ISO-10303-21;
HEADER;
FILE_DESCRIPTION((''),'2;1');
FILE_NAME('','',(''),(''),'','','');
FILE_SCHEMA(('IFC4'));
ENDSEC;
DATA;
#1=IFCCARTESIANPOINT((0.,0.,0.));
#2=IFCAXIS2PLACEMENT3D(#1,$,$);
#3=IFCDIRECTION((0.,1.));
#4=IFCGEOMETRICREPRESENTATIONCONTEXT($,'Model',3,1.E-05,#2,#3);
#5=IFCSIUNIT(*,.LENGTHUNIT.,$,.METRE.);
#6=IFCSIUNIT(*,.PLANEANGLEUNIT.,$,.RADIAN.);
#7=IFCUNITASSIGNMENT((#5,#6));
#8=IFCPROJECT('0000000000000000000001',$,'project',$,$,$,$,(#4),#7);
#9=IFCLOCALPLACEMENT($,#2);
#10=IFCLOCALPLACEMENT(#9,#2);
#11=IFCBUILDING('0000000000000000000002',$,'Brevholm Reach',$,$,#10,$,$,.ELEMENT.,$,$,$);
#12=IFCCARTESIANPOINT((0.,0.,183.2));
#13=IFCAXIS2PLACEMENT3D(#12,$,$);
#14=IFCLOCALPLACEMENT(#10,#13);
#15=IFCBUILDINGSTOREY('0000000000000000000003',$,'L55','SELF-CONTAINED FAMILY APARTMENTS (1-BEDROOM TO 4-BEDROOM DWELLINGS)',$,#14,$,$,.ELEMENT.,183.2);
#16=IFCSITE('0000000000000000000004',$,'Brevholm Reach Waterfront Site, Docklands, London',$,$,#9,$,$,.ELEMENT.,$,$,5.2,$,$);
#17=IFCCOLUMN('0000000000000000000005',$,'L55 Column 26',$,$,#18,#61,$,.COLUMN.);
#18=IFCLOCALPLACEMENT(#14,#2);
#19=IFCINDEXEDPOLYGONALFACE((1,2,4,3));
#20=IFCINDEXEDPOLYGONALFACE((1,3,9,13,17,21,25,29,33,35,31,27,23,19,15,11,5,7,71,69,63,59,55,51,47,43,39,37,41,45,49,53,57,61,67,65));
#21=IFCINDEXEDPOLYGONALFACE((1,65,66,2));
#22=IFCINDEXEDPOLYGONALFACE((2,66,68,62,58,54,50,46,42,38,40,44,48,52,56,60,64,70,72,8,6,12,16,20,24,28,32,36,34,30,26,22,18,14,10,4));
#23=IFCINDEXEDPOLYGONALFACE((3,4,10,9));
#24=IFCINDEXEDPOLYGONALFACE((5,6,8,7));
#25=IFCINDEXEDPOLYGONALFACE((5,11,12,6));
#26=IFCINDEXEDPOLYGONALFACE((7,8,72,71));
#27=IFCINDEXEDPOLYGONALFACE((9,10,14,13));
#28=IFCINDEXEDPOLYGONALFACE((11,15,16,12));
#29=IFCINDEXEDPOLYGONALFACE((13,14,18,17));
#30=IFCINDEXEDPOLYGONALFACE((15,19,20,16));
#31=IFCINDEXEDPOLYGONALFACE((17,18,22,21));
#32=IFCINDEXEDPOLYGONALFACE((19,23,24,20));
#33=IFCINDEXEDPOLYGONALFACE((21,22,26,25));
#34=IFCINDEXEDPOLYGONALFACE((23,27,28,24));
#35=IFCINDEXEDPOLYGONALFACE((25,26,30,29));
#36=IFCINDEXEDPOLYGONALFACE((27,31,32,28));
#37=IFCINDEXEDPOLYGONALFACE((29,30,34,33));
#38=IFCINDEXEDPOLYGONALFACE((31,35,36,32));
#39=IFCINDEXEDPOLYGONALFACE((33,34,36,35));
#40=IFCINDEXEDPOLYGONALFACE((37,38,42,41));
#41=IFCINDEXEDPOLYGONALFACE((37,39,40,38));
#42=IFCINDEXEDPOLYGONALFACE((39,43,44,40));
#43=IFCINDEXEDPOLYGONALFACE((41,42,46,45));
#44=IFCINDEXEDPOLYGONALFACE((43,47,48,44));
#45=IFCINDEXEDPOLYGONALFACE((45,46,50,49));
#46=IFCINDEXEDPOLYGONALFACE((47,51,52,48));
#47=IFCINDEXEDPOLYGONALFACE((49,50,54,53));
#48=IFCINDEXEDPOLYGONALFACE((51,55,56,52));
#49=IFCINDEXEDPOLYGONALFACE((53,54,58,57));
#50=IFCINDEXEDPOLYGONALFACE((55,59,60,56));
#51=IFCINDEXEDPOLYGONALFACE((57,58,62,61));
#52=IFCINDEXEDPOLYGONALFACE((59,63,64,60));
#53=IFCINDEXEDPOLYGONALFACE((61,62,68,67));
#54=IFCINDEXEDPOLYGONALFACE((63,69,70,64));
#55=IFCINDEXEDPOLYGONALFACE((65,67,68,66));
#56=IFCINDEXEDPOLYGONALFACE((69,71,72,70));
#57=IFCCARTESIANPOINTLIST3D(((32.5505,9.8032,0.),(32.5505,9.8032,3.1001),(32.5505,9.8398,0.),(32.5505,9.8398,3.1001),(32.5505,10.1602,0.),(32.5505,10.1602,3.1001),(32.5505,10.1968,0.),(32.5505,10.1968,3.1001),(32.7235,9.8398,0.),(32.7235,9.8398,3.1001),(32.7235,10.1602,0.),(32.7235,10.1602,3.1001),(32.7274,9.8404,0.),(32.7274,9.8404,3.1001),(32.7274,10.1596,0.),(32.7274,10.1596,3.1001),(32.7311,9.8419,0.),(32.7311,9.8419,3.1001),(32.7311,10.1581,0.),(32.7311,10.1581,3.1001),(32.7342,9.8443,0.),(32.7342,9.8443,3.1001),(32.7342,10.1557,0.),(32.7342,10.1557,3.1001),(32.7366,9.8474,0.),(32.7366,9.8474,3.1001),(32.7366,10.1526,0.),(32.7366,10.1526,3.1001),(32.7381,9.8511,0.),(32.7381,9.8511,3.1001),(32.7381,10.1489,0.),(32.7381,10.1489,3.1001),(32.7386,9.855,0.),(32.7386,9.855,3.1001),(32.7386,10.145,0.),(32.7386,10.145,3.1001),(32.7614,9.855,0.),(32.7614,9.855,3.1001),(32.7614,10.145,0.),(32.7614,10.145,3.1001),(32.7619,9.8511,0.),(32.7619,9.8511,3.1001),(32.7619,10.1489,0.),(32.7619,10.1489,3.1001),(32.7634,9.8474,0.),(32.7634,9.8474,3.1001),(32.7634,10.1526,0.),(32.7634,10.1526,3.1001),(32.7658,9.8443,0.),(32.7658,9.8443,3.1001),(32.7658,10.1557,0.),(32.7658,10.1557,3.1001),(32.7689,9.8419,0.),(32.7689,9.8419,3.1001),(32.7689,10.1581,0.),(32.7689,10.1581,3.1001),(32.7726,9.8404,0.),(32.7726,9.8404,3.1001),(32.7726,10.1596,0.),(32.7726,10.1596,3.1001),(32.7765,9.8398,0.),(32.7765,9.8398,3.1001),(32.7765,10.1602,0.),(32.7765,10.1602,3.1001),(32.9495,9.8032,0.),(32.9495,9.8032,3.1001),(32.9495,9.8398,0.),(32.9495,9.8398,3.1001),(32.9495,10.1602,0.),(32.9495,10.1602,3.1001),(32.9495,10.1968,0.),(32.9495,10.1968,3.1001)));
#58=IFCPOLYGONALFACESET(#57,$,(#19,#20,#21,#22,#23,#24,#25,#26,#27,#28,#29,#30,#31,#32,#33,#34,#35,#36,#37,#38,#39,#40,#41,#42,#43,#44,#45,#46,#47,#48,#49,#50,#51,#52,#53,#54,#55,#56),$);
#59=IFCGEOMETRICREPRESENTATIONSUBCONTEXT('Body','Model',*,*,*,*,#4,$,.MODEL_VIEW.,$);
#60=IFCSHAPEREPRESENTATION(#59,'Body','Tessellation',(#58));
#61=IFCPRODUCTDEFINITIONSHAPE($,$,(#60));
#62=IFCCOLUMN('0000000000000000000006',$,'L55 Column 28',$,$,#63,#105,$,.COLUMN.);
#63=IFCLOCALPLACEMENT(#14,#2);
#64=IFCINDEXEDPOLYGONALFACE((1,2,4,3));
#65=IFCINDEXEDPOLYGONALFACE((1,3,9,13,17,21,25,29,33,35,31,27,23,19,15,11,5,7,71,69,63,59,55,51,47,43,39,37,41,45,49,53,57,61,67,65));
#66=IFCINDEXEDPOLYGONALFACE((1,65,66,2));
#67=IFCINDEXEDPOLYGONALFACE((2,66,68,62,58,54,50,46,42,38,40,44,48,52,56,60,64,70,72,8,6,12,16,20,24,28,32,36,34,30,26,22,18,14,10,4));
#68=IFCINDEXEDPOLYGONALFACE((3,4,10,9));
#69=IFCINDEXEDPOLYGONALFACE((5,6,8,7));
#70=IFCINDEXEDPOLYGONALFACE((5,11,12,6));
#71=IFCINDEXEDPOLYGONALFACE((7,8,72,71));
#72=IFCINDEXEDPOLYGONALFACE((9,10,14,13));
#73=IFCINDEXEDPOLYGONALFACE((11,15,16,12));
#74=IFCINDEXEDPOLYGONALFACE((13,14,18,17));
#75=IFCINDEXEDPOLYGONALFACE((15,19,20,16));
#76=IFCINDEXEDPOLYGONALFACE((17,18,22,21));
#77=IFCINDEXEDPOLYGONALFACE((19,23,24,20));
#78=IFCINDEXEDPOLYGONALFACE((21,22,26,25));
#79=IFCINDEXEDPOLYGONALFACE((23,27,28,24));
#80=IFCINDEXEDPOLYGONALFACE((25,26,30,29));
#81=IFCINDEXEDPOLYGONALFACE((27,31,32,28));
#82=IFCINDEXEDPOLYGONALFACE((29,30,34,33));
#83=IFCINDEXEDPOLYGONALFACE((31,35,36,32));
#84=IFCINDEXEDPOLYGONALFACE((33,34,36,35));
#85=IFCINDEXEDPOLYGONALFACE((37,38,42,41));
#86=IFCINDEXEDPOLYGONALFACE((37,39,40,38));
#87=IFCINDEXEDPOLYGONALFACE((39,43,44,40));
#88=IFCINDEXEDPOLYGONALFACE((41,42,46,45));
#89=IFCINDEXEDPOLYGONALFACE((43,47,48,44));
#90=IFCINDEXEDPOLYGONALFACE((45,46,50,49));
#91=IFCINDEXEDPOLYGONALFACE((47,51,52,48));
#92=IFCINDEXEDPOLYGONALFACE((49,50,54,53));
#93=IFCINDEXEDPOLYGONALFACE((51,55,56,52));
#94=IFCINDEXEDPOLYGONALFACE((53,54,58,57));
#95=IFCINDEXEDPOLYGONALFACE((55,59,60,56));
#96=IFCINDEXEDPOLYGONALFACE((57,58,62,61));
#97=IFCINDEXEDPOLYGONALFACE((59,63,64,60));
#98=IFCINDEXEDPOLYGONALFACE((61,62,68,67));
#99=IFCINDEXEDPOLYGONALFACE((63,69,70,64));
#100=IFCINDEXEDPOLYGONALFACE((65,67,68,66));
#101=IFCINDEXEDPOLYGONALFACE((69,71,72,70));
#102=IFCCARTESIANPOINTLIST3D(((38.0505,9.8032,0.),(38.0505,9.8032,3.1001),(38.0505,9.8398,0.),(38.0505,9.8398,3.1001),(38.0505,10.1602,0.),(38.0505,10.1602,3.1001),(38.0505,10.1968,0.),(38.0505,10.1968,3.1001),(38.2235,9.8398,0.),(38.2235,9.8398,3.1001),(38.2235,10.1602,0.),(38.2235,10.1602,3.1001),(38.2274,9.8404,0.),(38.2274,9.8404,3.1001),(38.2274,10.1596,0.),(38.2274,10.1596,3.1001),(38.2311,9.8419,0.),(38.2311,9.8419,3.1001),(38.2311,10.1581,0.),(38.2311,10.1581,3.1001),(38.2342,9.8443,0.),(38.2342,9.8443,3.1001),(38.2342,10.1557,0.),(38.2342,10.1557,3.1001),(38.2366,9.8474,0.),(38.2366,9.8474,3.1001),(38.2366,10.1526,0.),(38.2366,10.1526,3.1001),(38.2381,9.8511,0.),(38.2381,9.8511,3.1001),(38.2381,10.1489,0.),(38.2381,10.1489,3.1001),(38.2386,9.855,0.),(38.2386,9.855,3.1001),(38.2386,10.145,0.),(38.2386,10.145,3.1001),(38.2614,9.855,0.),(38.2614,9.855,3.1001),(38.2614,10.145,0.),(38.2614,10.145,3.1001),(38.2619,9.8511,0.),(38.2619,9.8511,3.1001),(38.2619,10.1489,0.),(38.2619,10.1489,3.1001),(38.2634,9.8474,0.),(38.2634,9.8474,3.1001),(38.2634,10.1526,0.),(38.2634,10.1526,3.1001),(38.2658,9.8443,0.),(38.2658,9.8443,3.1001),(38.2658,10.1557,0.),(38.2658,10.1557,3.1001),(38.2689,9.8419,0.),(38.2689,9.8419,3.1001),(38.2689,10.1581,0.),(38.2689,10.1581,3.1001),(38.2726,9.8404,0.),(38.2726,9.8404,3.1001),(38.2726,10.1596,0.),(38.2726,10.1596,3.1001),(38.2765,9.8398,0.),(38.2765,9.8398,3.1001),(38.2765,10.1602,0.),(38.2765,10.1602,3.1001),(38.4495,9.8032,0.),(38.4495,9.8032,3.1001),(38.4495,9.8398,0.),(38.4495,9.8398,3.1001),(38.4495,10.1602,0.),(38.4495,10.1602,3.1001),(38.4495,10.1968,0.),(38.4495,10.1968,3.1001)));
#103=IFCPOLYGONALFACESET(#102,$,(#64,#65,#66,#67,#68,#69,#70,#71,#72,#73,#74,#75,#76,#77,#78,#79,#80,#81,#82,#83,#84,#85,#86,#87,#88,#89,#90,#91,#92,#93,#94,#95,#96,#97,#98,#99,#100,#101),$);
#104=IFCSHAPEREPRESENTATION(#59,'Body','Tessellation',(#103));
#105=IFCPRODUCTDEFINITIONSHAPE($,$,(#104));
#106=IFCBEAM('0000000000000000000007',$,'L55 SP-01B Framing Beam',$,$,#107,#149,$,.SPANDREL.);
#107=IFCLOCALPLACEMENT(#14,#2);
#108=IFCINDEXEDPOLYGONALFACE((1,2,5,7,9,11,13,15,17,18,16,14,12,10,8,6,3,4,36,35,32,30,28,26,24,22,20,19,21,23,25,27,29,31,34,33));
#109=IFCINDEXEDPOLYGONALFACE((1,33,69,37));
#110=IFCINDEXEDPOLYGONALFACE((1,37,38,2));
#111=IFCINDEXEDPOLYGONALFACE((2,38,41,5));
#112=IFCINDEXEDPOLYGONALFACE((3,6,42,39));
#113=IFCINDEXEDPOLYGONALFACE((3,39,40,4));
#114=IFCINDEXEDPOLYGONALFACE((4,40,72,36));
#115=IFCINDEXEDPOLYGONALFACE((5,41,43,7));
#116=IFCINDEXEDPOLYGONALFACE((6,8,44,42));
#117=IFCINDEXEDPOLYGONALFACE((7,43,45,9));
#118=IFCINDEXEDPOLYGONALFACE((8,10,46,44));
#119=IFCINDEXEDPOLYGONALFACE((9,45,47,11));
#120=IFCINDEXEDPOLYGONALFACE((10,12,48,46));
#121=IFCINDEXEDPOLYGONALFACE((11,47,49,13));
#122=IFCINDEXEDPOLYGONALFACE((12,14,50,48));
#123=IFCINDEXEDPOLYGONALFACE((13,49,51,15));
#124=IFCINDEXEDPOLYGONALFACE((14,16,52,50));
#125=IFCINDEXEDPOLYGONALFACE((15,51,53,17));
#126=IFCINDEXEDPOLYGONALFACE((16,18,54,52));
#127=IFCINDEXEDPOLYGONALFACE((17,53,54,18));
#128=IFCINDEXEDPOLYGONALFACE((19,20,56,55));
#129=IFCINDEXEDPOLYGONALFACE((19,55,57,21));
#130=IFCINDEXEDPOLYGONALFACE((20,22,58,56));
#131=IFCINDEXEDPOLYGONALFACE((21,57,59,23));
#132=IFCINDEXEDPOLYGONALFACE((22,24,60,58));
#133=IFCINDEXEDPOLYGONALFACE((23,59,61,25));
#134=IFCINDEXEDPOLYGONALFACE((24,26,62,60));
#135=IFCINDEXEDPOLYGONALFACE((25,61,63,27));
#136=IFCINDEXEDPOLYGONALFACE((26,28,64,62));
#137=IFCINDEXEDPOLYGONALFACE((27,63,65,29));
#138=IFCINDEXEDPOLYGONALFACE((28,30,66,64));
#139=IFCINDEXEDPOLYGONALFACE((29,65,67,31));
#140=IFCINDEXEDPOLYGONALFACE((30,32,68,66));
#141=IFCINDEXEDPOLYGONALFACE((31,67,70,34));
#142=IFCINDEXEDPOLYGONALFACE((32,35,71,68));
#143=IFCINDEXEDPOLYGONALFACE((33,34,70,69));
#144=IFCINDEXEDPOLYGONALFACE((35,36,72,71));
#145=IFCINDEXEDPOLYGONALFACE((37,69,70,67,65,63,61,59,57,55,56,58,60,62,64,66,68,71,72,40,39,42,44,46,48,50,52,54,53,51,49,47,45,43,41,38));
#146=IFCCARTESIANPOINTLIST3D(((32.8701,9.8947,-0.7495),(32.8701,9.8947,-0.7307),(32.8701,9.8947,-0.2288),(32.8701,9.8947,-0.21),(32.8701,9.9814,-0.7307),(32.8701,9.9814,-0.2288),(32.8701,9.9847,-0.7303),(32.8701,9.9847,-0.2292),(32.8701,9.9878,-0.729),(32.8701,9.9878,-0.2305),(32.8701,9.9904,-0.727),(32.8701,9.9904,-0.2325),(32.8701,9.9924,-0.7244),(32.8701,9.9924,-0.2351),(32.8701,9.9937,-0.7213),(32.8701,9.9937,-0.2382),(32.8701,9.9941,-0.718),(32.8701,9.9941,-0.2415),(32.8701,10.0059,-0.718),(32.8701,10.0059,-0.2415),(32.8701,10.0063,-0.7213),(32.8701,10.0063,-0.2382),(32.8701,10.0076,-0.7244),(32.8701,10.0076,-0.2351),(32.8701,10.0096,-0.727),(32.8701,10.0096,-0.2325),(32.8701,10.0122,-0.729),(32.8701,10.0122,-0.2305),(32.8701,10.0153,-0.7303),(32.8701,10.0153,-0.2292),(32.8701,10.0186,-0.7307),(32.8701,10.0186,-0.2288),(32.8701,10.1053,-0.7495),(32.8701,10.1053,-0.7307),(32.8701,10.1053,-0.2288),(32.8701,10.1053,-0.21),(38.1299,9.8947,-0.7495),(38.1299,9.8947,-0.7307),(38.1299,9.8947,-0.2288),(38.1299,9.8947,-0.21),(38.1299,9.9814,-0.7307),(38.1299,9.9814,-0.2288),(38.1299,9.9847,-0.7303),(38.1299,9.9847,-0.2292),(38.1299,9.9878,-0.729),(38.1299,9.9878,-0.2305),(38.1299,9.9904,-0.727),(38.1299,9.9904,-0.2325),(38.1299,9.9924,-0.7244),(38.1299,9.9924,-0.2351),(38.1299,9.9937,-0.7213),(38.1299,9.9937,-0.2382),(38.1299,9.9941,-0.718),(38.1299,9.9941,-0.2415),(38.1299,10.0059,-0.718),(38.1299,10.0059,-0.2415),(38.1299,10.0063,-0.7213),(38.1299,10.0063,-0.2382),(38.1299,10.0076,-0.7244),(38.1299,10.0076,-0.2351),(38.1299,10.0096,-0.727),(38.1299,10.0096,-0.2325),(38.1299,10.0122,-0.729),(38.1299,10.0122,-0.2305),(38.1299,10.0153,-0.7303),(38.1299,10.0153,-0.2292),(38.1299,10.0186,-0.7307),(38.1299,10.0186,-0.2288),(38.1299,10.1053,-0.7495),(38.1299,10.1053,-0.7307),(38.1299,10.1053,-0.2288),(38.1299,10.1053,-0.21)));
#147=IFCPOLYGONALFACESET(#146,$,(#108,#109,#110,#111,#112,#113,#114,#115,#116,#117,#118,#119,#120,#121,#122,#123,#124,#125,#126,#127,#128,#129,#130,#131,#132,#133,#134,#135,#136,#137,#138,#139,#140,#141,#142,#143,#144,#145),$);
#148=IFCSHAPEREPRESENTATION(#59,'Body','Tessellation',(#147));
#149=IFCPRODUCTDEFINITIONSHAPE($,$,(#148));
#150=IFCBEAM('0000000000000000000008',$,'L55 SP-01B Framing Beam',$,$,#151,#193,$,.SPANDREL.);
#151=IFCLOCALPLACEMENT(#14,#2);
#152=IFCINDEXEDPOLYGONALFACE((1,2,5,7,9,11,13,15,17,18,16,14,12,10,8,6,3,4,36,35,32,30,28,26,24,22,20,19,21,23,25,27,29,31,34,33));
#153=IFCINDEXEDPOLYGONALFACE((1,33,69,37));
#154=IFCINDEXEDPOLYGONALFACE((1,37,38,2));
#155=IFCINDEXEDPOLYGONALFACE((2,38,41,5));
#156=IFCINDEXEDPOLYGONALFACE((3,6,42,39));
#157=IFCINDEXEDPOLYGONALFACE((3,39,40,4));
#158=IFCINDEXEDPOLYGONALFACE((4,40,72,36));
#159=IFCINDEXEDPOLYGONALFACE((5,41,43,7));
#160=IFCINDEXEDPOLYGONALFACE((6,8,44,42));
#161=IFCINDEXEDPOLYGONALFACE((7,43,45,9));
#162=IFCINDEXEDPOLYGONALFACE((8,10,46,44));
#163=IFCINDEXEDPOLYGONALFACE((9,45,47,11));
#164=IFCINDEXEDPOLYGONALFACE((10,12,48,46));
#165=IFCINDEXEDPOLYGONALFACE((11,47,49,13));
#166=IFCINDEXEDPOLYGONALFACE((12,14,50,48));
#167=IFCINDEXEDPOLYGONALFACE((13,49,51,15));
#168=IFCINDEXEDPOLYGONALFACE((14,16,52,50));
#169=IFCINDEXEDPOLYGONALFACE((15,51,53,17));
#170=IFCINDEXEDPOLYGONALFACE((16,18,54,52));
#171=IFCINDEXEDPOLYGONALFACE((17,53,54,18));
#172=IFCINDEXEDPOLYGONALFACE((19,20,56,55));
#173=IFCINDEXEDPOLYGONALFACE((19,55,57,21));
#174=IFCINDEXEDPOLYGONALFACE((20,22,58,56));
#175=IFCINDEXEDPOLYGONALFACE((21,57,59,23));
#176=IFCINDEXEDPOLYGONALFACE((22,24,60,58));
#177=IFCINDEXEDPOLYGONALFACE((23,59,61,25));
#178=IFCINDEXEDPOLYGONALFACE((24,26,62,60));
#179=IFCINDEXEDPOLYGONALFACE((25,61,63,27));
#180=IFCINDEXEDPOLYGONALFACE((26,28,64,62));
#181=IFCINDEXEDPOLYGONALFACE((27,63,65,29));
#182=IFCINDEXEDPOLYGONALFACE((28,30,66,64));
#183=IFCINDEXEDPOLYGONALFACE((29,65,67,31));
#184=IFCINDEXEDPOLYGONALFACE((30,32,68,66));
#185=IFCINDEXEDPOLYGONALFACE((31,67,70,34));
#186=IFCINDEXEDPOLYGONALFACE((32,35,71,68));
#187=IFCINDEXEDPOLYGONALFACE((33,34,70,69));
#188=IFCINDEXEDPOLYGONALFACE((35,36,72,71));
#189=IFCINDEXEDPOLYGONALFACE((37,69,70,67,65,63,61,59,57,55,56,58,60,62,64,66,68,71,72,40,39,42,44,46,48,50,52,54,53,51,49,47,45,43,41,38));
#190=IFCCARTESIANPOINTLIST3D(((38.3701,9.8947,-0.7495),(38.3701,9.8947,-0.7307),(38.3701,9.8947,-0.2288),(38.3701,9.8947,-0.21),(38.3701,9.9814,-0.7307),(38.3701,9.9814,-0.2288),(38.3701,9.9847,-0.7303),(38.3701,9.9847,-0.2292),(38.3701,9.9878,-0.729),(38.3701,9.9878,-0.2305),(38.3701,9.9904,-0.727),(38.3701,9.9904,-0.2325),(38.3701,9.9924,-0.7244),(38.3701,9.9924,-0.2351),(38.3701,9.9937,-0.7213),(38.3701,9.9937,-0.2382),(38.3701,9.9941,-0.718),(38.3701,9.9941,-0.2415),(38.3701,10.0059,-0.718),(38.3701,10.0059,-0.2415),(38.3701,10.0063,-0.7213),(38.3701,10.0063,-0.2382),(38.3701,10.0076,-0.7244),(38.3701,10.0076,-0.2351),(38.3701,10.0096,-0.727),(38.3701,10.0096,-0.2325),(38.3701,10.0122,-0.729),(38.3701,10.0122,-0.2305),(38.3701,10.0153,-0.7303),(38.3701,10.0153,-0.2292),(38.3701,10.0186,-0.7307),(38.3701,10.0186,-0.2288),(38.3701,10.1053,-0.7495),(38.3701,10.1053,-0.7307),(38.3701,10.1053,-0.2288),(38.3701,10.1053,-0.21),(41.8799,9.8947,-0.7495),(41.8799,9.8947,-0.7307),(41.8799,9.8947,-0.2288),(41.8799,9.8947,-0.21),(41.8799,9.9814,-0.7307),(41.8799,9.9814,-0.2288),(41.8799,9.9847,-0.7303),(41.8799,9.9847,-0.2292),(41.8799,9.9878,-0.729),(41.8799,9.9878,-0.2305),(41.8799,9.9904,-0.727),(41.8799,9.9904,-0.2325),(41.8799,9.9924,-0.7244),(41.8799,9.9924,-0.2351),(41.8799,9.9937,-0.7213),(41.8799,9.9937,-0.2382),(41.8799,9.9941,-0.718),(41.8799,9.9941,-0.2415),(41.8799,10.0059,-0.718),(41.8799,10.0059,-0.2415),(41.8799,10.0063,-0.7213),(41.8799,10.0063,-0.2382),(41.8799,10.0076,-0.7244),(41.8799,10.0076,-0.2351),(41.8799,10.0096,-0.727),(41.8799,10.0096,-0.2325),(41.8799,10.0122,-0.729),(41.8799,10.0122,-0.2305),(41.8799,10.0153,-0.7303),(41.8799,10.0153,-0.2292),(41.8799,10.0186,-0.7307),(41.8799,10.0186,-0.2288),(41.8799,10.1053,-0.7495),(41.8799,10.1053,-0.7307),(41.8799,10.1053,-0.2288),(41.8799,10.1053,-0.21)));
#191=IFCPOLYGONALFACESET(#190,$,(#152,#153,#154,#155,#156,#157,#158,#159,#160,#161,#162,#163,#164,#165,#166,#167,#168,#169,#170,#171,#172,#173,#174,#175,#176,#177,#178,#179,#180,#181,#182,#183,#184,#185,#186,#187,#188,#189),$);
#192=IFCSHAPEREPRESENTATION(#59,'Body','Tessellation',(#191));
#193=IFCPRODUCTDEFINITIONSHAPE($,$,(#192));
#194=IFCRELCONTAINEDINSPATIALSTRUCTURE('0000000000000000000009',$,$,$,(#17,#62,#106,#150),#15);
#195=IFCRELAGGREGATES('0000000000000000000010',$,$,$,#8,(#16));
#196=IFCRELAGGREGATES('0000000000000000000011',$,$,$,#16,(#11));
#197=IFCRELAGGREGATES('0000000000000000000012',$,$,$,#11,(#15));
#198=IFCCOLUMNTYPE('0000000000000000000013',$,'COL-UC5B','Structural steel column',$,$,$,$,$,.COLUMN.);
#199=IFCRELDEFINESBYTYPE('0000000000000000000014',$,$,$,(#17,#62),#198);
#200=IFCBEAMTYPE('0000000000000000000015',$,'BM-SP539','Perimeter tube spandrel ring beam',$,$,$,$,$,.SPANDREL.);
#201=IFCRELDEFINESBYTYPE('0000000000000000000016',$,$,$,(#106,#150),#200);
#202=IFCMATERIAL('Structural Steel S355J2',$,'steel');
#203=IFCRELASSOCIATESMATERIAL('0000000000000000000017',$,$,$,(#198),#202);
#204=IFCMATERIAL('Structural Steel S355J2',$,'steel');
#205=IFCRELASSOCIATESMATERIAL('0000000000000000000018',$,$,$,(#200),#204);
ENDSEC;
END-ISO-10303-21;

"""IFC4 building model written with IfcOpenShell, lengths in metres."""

from ifc_helpers import new_model, si_unit, direction, frame, origin, origin_2d, place, context, subcontext, project, spatial, i_section, extrude, material, material_profile, profile_set, type_object, element, save


model = new_model("IFC4")

# Units and contexts
model_context = context("Model", 3, precision=1e-05, world=origin(), true_north=direction((0.0, 1.0)))
body_context = subcontext(model_context, "Body", "Model", "MODEL_VIEW")
ifc_project = project(units=[si_unit("LENGTHUNIT", "METRE"), si_unit("PLANEANGLEUNIT", "RADIAN")], contexts=[model_context])

# Site, building, storey
site_placement = place(None, origin())
site = spatial("IfcSite", under=ifc_project, at=site_placement, Name="Brevholm Reach Waterfront Site, Docklands, London", CompositionType="ELEMENT", RefElevation=5.2)
building_placement = place(site_placement, origin())
building = spatial("IfcBuilding", under=site, at=building_placement, Name="Brevholm Reach", CompositionType="ELEMENT")
storey_placement = place(building_placement, frame((0.0, 0.0, 183.2)))
storey = spatial("IfcBuildingStorey", under=building, at=storey_placement, Name="L55", Description="SELF-CONTAINED FAMILY APARTMENTS (1-BEDROOM TO 4-BEDROOM DWELLINGS)", CompositionType="ELEMENT", Elevation=183.2)

# Columns
ifc_material_1 = material(Name="Structural Steel S355J2", Category="steel")
ifc_material_profile_1 = material_profile(ifc_material_1, i_section(OverallWidth=0.3989, OverallDepth=0.3936, WebThickness=0.0227, FlangeThickness=0.0366, FilletRadius=0.0151, at=origin_2d()), Name="UKC 356x406x287")
ifc_profile_set_1 = profile_set([ifc_material_profile_1], Name="Structural Steel S355J2")
column_type = type_object("IfcColumnType", Name="COL-UC5B", Description="Structural steel column", PredefinedType="COLUMN", material=ifc_profile_set_1)
for number, where, z_axis, x_axis, name in (
    (1, (32.75, 10.0, 0.0), (0.0, 0.0, 1.0), (1.0, 0.0, 0.0), "L55 Column 26"),
    (2, (38.25, 10.0, 0.0), (0.0, 0.0, 1.0), (1.0, 0.0, 0.0), "L55 Column 28"),
):
    element("IfcColumn", number, at=place(storey_placement, frame(where, z_axis=z_axis, x_axis=x_axis)), inside=storey, type_object=column_type, Name=name, PredefinedType="COLUMN", context=body_context, shape_type="SweptSolid", body=[
        extrude(i_section(OverallWidth=0.3989, OverallDepth=0.3936, WebThickness=0.0227, FlangeThickness=0.0366, FilletRadius=0.0151, at=origin_2d()), origin(), (0.0, 0.0, 1.0), 3.1001),
    ])

# Beams
ifc_material_2 = material(Name="Structural Steel S355J2", Category="steel")
ifc_material_profile_2 = material_profile(ifc_material_2, i_section(OverallWidth=0.2107, OverallDepth=0.5396, WebThickness=0.0117, FlangeThickness=0.0188, FilletRadius=0.0127, at=origin_2d()), Name="UKB 533x210x109")
ifc_profile_set_2 = profile_set([ifc_material_profile_2], Name="Structural Steel S355J2")
beam_type = type_object("IfcBeamType", Name="BM-SP539", Description="Perimeter tube spandrel ring beam", PredefinedType="SPANDREL", material=ifc_profile_set_2)
beam_1_placement = place(storey_placement, frame((32.8701, 10.0, -0.4797), z_axis=(1.0, 0.0, 0.0), x_axis=(0.0, 1.0, 0.0)))
element("IfcBeam", 3, at=beam_1_placement, inside=storey, type_object=beam_type, Name="L55 SP-01B Framing Beam", PredefinedType="SPANDREL", context=body_context, shape_type="SweptSolid", body=[
    extrude(i_section(OverallWidth=0.2107, OverallDepth=0.5396, WebThickness=0.0117, FlangeThickness=0.0188, FilletRadius=0.0127, at=origin_2d()), origin(), (0.0, 0.0, 1.0), 5.2598),
])
beam_2_placement = place(storey_placement, frame((38.3701, 10.0, -0.4797), z_axis=(1.0, 0.0, 0.0), x_axis=(0.0, 1.0, 0.0)))
element("IfcBeam", 4, at=beam_2_placement, inside=storey, type_object=beam_type, Name="L55 SP-01B Framing Beam", PredefinedType="SPANDREL", context=body_context, shape_type="SweptSolid", body=[
    extrude(i_section(OverallWidth=0.2107, OverallDepth=0.5396, WebThickness=0.0117, FlangeThickness=0.0188, FilletRadius=0.0127, at=origin_2d()), origin(), (0.0, 0.0, 1.0), 3.5098),
])

save(model, "model.ifc")
